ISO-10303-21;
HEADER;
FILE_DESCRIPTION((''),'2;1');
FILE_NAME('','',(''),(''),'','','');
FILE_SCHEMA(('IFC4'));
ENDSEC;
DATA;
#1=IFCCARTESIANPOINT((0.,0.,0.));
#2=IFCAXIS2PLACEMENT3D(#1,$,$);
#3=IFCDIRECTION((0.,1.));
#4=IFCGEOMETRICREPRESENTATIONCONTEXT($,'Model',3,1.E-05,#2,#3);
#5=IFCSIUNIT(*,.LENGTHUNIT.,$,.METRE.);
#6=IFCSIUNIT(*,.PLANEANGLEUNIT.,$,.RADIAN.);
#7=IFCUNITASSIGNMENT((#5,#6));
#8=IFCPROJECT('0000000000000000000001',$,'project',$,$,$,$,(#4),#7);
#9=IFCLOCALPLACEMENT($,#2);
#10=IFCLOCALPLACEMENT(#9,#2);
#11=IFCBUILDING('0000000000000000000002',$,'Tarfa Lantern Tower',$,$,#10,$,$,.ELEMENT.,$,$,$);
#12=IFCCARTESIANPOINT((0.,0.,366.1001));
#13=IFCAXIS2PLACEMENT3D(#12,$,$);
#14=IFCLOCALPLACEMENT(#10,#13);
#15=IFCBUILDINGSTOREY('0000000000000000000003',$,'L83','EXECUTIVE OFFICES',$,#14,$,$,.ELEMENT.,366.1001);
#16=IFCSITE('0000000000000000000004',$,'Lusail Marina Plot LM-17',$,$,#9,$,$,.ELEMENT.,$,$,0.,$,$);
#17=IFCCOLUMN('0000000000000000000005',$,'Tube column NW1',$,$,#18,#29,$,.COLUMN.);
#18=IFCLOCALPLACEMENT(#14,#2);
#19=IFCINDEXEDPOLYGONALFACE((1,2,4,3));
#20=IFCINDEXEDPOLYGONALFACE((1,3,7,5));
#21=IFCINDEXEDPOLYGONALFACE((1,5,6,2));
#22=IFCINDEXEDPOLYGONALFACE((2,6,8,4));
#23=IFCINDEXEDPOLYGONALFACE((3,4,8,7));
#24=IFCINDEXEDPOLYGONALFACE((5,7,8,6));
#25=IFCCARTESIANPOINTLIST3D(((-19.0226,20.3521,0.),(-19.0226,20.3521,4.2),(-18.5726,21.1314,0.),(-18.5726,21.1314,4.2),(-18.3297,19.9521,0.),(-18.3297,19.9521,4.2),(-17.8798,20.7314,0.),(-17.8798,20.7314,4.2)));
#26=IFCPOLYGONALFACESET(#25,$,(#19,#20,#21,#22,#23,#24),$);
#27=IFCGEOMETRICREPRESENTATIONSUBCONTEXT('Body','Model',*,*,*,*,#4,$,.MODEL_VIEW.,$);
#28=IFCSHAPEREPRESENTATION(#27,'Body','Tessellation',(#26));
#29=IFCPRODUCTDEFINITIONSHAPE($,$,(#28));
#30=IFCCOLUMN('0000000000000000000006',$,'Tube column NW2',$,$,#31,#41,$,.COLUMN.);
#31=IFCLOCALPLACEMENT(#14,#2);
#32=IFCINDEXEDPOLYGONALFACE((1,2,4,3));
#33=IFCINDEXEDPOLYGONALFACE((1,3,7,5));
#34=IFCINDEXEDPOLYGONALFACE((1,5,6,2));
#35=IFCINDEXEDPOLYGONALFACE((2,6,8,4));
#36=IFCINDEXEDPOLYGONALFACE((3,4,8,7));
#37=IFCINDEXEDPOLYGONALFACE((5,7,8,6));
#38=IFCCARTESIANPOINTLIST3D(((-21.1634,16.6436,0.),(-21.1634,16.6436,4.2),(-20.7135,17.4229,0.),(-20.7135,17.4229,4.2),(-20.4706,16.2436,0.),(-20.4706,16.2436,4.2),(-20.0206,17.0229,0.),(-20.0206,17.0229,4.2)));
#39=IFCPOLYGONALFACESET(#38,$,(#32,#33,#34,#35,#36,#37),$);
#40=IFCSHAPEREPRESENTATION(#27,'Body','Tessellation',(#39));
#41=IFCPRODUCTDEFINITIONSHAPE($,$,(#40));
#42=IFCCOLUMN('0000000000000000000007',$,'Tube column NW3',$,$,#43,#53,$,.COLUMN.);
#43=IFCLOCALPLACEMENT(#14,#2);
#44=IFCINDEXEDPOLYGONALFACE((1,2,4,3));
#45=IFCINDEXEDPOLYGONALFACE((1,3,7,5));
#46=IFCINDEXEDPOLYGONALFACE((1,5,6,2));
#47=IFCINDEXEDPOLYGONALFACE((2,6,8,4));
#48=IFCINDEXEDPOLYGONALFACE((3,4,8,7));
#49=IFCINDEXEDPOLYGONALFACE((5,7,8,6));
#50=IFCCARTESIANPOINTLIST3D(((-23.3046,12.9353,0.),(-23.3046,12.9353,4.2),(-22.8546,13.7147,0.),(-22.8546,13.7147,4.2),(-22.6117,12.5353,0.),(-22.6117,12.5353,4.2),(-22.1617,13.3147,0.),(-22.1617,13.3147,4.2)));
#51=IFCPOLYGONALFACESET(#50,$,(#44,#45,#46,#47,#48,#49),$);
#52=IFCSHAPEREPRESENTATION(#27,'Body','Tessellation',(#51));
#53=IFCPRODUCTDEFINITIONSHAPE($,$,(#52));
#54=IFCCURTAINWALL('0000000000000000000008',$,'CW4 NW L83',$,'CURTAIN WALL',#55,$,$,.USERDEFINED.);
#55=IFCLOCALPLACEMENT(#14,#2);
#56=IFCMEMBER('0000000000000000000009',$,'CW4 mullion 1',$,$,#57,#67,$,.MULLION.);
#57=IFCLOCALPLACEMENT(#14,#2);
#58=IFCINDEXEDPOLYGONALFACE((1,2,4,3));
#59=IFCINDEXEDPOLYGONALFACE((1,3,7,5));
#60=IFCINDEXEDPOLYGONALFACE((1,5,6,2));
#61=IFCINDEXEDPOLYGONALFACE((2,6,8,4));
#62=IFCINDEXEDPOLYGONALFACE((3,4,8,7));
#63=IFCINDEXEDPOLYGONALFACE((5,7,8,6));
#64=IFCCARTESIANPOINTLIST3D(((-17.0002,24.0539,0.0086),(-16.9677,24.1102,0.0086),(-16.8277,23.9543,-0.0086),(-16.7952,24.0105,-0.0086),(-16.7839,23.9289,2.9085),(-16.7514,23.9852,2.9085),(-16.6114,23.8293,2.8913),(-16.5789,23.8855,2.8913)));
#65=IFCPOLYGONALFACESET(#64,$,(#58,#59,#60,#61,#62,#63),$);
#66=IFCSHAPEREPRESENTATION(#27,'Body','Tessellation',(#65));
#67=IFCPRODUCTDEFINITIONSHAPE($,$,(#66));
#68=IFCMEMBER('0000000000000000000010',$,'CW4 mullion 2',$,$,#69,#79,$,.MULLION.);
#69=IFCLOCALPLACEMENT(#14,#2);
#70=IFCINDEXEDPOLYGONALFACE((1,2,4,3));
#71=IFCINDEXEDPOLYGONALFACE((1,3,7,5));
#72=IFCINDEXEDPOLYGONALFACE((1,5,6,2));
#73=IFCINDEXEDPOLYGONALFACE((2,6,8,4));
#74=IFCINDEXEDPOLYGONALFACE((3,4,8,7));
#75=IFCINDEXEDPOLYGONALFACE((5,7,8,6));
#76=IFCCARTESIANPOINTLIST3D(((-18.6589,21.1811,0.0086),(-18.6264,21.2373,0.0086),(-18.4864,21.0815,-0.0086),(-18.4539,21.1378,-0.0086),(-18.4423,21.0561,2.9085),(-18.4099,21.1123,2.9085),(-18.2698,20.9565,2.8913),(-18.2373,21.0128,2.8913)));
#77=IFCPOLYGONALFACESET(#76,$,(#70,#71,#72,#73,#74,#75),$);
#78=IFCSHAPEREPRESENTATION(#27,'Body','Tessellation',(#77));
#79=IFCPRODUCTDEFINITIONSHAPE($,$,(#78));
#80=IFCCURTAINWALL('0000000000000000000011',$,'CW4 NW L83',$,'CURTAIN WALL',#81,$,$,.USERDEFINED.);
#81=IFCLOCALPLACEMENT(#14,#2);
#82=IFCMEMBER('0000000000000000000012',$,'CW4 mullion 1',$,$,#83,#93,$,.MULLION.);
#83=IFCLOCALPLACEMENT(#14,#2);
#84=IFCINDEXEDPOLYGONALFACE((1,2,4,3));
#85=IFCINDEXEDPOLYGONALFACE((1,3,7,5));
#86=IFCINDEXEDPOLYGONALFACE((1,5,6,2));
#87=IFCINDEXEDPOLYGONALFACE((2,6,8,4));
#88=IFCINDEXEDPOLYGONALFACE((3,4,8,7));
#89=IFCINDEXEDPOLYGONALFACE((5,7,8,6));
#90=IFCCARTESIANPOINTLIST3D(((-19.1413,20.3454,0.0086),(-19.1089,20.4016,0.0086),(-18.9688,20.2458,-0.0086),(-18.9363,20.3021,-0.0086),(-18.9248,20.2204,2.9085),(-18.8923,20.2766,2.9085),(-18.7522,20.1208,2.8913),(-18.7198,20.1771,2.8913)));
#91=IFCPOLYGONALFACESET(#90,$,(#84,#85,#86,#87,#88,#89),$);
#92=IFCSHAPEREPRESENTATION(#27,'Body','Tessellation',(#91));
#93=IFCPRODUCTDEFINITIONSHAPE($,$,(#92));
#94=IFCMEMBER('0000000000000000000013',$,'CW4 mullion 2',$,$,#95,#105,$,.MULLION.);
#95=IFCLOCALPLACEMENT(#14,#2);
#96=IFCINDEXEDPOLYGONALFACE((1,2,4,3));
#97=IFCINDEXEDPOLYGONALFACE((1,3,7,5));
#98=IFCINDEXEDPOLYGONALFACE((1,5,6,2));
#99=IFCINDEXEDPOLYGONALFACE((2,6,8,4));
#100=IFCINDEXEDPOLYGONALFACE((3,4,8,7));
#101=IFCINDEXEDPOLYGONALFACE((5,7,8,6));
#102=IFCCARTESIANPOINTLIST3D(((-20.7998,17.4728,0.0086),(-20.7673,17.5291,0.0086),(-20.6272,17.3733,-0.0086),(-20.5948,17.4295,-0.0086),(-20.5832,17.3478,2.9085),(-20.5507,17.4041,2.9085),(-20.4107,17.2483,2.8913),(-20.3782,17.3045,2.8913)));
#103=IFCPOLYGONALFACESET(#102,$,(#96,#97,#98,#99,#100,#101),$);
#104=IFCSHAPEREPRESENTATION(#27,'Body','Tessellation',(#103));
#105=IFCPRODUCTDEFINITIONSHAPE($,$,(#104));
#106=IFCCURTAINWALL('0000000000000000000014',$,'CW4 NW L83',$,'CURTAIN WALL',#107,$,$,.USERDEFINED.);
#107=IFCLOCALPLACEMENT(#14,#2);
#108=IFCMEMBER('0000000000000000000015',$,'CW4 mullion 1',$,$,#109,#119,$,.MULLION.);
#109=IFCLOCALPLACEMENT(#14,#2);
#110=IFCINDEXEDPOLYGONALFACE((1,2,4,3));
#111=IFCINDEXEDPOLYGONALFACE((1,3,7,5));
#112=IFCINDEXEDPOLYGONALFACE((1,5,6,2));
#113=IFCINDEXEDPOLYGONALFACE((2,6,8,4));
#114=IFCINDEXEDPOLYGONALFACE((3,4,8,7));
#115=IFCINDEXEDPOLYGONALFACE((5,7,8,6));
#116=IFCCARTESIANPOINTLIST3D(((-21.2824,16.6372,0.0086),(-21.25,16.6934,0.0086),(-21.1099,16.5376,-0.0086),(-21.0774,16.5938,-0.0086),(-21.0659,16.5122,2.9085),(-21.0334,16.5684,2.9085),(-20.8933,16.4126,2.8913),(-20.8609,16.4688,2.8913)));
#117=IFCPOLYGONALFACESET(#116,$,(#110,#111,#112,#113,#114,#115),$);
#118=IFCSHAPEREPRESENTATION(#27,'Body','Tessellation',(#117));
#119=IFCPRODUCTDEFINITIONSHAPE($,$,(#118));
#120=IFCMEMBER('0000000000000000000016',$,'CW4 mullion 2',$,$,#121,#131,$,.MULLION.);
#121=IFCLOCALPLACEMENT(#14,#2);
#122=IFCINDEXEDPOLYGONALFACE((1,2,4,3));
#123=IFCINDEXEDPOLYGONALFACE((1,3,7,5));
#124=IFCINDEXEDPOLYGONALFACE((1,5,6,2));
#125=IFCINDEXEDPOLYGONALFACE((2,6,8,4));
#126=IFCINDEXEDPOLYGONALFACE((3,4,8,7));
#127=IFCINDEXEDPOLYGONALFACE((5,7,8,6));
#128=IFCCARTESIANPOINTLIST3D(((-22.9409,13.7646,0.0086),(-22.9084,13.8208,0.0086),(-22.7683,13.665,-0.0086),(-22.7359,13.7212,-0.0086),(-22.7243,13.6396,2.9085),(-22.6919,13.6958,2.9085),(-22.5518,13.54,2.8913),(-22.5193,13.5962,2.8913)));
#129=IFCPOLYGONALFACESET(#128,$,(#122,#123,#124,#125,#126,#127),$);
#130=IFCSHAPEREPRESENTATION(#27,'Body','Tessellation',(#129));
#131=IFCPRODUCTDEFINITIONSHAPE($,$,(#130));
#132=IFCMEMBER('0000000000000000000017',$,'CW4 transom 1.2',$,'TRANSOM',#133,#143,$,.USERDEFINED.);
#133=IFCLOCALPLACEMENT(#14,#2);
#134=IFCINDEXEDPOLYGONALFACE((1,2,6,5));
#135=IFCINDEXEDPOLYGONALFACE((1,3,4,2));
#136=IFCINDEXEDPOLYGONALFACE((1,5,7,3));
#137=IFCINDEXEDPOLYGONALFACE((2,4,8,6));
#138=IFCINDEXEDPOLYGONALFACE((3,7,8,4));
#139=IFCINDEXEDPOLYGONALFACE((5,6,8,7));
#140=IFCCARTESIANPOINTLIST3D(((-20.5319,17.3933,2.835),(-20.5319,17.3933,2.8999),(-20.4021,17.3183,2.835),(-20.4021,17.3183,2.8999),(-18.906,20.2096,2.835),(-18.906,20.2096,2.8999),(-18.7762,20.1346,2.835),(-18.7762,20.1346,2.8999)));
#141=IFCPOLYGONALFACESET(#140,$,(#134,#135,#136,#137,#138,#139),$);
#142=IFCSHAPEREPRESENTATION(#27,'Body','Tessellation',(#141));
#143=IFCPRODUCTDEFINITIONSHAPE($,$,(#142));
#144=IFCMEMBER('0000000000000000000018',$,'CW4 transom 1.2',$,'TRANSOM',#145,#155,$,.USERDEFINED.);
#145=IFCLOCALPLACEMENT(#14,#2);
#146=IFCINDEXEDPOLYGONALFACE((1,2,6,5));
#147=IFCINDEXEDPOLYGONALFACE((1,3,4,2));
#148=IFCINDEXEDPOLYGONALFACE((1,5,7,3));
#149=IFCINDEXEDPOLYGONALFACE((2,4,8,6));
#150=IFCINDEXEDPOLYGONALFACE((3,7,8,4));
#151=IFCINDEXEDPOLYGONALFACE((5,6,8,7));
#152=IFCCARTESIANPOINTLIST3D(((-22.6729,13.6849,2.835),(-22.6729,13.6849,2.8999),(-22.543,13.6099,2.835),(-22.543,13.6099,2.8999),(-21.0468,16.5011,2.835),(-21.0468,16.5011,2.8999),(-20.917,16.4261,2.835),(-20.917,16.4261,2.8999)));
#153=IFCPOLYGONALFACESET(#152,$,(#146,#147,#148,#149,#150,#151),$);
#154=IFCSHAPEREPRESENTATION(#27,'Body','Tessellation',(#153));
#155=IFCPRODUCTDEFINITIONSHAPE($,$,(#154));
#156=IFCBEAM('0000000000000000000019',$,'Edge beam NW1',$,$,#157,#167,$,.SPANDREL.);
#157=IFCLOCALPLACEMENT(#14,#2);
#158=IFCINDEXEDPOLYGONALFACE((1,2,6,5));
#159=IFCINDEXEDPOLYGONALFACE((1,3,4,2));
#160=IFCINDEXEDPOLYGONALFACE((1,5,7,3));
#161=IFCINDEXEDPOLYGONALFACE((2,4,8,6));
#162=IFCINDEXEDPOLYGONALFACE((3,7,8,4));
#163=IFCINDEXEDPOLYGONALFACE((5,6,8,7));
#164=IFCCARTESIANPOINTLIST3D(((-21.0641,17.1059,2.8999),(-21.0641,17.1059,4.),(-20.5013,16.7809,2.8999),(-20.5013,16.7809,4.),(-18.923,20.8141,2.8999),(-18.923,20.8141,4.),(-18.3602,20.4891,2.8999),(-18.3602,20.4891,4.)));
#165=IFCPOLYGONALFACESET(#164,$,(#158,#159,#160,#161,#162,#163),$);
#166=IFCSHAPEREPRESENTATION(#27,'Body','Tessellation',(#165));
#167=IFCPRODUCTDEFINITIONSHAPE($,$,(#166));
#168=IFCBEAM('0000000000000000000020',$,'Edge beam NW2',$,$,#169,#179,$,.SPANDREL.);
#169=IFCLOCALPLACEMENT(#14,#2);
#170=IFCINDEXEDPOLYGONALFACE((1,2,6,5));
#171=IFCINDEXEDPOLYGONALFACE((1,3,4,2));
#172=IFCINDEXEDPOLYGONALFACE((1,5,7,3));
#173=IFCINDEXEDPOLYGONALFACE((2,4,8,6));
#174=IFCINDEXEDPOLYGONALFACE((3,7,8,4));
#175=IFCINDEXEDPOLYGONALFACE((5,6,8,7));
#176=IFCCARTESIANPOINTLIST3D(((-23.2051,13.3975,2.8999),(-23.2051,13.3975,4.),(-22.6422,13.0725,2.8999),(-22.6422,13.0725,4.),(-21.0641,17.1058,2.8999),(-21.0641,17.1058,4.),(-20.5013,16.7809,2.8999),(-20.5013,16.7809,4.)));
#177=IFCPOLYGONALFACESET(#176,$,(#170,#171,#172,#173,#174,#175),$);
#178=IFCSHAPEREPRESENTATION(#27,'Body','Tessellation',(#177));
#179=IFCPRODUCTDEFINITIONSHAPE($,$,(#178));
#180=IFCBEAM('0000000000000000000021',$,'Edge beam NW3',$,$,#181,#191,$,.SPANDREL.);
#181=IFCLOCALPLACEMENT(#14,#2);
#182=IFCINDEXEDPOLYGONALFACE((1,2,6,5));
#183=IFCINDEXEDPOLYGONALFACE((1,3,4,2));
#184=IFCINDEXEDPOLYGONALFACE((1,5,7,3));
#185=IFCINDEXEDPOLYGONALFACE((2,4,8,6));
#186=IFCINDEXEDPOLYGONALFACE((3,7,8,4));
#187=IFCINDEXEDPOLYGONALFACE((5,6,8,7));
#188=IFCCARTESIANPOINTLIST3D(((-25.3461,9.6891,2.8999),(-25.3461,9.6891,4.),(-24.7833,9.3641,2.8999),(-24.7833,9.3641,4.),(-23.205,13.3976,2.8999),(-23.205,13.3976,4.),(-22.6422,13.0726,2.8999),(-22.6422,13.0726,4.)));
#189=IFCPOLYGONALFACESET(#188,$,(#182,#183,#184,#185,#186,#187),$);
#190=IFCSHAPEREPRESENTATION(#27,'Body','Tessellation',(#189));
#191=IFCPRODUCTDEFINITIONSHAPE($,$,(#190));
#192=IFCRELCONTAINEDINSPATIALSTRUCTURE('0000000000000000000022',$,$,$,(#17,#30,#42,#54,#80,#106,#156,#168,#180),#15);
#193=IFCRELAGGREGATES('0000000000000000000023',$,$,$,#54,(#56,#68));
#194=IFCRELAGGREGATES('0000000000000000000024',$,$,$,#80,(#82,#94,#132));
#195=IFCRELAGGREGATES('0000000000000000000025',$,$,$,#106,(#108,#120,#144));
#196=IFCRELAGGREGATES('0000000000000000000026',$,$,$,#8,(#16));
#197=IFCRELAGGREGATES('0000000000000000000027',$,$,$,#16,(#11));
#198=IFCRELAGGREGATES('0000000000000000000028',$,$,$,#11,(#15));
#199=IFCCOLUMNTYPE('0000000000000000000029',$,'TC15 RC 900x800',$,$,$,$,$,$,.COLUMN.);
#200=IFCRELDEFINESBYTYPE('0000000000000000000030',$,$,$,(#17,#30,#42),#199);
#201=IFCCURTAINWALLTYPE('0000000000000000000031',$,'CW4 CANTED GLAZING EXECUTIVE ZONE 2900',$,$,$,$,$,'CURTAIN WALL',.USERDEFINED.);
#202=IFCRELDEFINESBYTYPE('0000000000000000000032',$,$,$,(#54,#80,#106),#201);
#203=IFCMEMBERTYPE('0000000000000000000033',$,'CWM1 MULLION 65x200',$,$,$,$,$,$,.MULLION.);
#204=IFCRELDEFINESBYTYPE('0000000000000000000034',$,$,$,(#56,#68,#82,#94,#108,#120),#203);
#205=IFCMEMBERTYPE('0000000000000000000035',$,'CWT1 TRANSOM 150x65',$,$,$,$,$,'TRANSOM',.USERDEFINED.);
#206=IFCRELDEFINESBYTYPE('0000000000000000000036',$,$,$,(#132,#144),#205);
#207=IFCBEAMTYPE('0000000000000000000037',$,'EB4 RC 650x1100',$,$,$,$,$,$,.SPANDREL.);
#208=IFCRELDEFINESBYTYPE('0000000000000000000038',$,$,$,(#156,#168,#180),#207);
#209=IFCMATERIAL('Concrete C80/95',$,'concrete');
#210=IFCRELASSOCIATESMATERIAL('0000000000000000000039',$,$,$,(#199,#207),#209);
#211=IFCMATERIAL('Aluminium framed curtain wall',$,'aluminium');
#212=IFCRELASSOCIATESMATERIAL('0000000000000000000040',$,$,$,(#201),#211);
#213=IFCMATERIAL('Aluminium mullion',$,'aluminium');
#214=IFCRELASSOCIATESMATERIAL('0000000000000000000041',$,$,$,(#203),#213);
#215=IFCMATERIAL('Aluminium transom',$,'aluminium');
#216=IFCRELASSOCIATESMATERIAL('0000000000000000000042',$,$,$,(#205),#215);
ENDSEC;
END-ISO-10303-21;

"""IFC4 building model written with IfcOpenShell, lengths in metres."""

from ifc_helpers import new_model, si_unit, direction, frame, origin, origin_2d, place, context, subcontext, project, spatial, rectangle, extrude, material, material_profile, profile_set, type_object, element, aggregate, save


model = new_model("IFC4")

# Units and contexts
model_context = context("Model", 3, precision=1e-05, world=origin(), true_north=direction((0.0, 1.0)))
body_context = subcontext(model_context, "Body", "Model", "MODEL_VIEW")
ifc_project = project(units=[si_unit("LENGTHUNIT", "METRE"), si_unit("PLANEANGLEUNIT", "RADIAN")], contexts=[model_context])

# Site, building, storey
site_placement = place(None, origin())
site = spatial("IfcSite", under=ifc_project, at=site_placement, Name="Lusail Marina Plot LM-17", CompositionType="ELEMENT", RefElevation=0.0)
building_placement = place(site_placement, origin())
building = spatial("IfcBuilding", under=site, at=building_placement, Name="Tarfa Lantern Tower", CompositionType="ELEMENT")
storey_placement = place(building_placement, frame((0.0, 0.0, 366.1001)))
storey = spatial("IfcBuildingStorey", under=building, at=storey_placement, Name="L83", Description="EXECUTIVE OFFICES", CompositionType="ELEMENT", Elevation=366.1001)

# Columns
ifc_material_1 = material(Name="Concrete C80/95", Category="concrete")
ifc_material_profile_1 = material_profile(ifc_material_1, rectangle(XDim=0.8999, YDim=0.8, at=origin_2d()), Name="RC 900x800")
ifc_profile_set_1 = profile_set([ifc_material_profile_1], Name="Concrete C80/95")
column_type = type_object("IfcColumnType", Name="TC15 RC 900x800", PredefinedType="COLUMN", material=ifc_profile_set_1)
for number, where, z_axis, x_axis, name in (
    (1, (-18.4512, 20.5417, 0.0), (0.0, 0.0, 1.0), (-0.5, -0.866025, 0.0), "Tube column NW1"),
    (2, (-20.592, 16.8333, 0.0), (0.0, 0.0, 1.0), (-0.5, -0.866025, 0.0), "Tube column NW2"),
    (3, (-22.7332, 13.125, 0.0), (0.0, 0.0, 1.0), (-0.5, -0.866025, 0.0), "Tube column NW3"),
):
    element("IfcColumn", number, at=place(storey_placement, frame(where, z_axis=z_axis, x_axis=x_axis)), inside=storey, type_object=column_type, Name=name, PredefinedType="COLUMN", context=body_context, shape_type="SweptSolid", body=[
        extrude(rectangle(XDim=0.8999, YDim=0.8, at=origin_2d()), origin(), (0.0, 0.0, 1.0), 4.2),
    ])

# Curtain walls, members
ifc_material_2 = material(Name="Aluminium framed curtain wall", Category="aluminium")
curtain_wall_type = type_object("IfcCurtainWallType", Name="CW4 CANTED GLAZING EXECUTIVE ZONE 2900", ElementType="CURTAIN WALL", PredefinedType="USERDEFINED", material=ifc_material_2)
curtain_wall_1_placement = place(storey_placement, origin())
curtain_wall_1 = element("IfcCurtainWall", 4, at=curtain_wall_1_placement, inside=storey, type_object=curtain_wall_type, Name="CW4 NW L83", ObjectType="CURTAIN WALL", PredefinedType="USERDEFINED")
ifc_material_3 = material(Name="Aluminium mullion", Category="aluminium")
ifc_material_profile_2 = material_profile(ifc_material_3, rectangle(XDim=0.0649, YDim=0.2, at=origin_2d()), Name="AL MULLION 65x200")
ifc_profile_set_2 = profile_set([ifc_material_profile_2], Name="Aluminium mullion")
member_type_1 = type_object("IfcMemberType", Name="CWM1 MULLION 65x200", PredefinedType="MULLION", material=ifc_profile_set_2)
member_1_placement = place(storey_placement, frame((-16.8977, 24.0322, 0.0), z_axis=(0.074316, -0.042946, 0.99631), x_axis=(0.500343, 0.865827, 0.0)))
member_1 = element("IfcMember", 5, at=member_1_placement, type_object=member_type_1, Name="CW4 mullion 1", PredefinedType="MULLION", context=body_context, shape_type="SweptSolid", body=[
    extrude(rectangle(XDim=0.0649, YDim=0.2, at=origin_2d()), origin(), (0.0, 0.0, 1.0), 2.9106),
])
member_2_placement = place(storey_placement, frame((-18.5564, 21.1594, 0.0), z_axis=(0.0744, -0.042946, 0.996303), x_axis=(0.49992, 0.866072, 0.0)))
member_2 = element("IfcMember", 6, at=member_2_placement, type_object=member_type_1, Name="CW4 mullion 2", PredefinedType="MULLION", context=body_context, shape_type="SweptSolid", body=[
    extrude(rectangle(XDim=0.0649, YDim=0.2, at=origin_2d()), origin(), (0.0, 0.0, 1.0), 2.9106),
])
curtain_wall_2_placement = place(storey_placement, origin())
curtain_wall_2 = element("IfcCurtainWall", 7, at=curtain_wall_2_placement, inside=storey, type_object=curtain_wall_type, Name="CW4 NW L83", ObjectType="CURTAIN WALL", PredefinedType="USERDEFINED")
member_3_placement = place(storey_placement, frame((-19.0388, 20.3237, 0.0), z_axis=(0.0744, -0.042946, 0.996303), x_axis=(0.49992, 0.866072, 0.0)))
member_3 = element("IfcMember", 8, at=member_3_placement, type_object=member_type_1, Name="CW4 mullion 1", PredefinedType="MULLION", context=body_context, shape_type="SweptSolid", body=[
    extrude(rectangle(XDim=0.0649, YDim=0.2, at=origin_2d()), origin(), (0.0, 0.0, 1.0), 2.9106),
])
member_4_placement = place(storey_placement, frame((-20.6973, 17.4512, 0.0), z_axis=(0.0744, -0.042946, 0.996303), x_axis=(0.49992, 0.866072, 0.0)))
member_4 = element("IfcMember", 9, at=member_4_placement, type_object=member_type_1, Name="CW4 mullion 2", PredefinedType="MULLION", context=body_context, shape_type="SweptSolid", body=[
    extrude(rectangle(XDim=0.0649, YDim=0.2, at=origin_2d()), origin(), (0.0, 0.0, 1.0), 2.9106),
])
curtain_wall_3_placement = place(storey_placement, origin())
curtain_wall_3 = element("IfcCurtainWall", 10, at=curtain_wall_3_placement, inside=storey, type_object=curtain_wall_type, Name="CW4 NW L83", ObjectType="CURTAIN WALL", PredefinedType="USERDEFINED")
member_5_placement = place(storey_placement, frame((-21.1799, 16.6155, 0.0), z_axis=(0.0744, -0.042946, 0.996303), x_axis=(0.49992, 0.866072, 0.0)))
member_5 = element("IfcMember", 11, at=member_5_placement, type_object=member_type_1, Name="CW4 mullion 1", PredefinedType="MULLION", context=body_context, shape_type="SweptSolid", body=[
    extrude(rectangle(XDim=0.0649, YDim=0.2, at=origin_2d()), origin(), (0.0, 0.0, 1.0), 2.9106),
])
member_6_placement = place(storey_placement, frame((-22.8384, 13.7429, 0.0), z_axis=(0.0744, -0.042946, 0.996303), x_axis=(0.49992, 0.866072, 0.0)))
member_6 = element("IfcMember", 12, at=member_6_placement, type_object=member_type_1, Name="CW4 mullion 2", PredefinedType="MULLION", context=body_context, shape_type="SweptSolid", body=[
    extrude(rectangle(XDim=0.0649, YDim=0.2, at=origin_2d()), origin(), (0.0, 0.0, 1.0), 2.9106),
])

# Members
ifc_material_4 = material(Name="Aluminium transom", Category="aluminium")
ifc_material_profile_3 = material_profile(ifc_material_4, rectangle(XDim=0.1499, YDim=0.0649, at=origin_2d()), Name="AL TRANSOM 150x65")
ifc_profile_set_3 = profile_set([ifc_material_profile_3], Name="Aluminium transom")
member_type_2 = type_object("IfcMemberType", Name="CWT1 TRANSOM 150x65", ElementType="TRANSOM", PredefinedType="USERDEFINED", material=ifc_profile_set_3)
member_7_placement = place(storey_placement, frame((-18.8411, 20.1721, 2.8674), z_axis=(-0.499982, -0.866036, 0.0), x_axis=(0.866036, -0.499982, 0.0)))
member_7 = element("IfcMember", 13, at=member_7_placement, type_object=member_type_2, Name="CW4 transom 1.2", ObjectType="TRANSOM", PredefinedType="USERDEFINED", context=body_context, shape_type="SweptSolid", body=[
    extrude(rectangle(XDim=0.1499, YDim=0.0649, at=origin_2d()), origin(), (0.0, 0.0, 1.0), 3.252),
])
member_8_placement = place(storey_placement, frame((-20.9819, 16.4636, 2.8674), z_axis=(-0.500015, -0.866017, 0.0), x_axis=(0.866017, -0.500015, 0.0)))
member_8 = element("IfcMember", 14, at=member_8_placement, type_object=member_type_2, Name="CW4 transom 1.2", ObjectType="TRANSOM", PredefinedType="USERDEFINED", context=body_context, shape_type="SweptSolid", body=[
    extrude(rectangle(XDim=0.1499, YDim=0.0649, at=origin_2d()), origin(), (0.0, 0.0, 1.0), 3.252),
])

# Beams
ifc_material_profile_4 = material_profile(ifc_material_1, rectangle(XDim=0.6499, YDim=1.1001, at=origin_2d()), Name="RC 650x1100")
ifc_profile_set_4 = profile_set([ifc_material_profile_4], Name="Concrete C80/95")
beam_type_1 = type_object("IfcBeamType", Name="EB4 RC 650x1100", PredefinedType="SPANDREL", material=ifc_profile_set_4)
for number, where, z_axis, x_axis, name in (
    (15, (-18.6416, 20.6516, 3.45), (-0.500027, -0.86601, 0.0), (0.86601, -0.500027, 0.0), "Edge beam NW1"),
    (16, (-20.7827, 16.9434, 3.45), (-0.499984, -0.866035, 0.0), (0.866035, -0.499984, 0.0), "Edge beam NW2"),
):
    element("IfcBeam", number, at=place(storey_placement, frame(where, z_axis=z_axis, x_axis=x_axis)), inside=storey, type_object=beam_type_1, Name=name, PredefinedType="SPANDREL", context=body_context, shape_type="SweptSolid", body=[
        extrude(rectangle(XDim=0.6499, YDim=1.1001, at=origin_2d()), origin(), (0.0, 0.0, 1.0), 4.282),
    ])
beam_1_placement = place(storey_placement, frame((-22.9236, 13.2351, 3.45), z_axis=(-0.500002, -0.866024, 0.0), x_axis=(0.866024, -0.500002, 0.0)))
element("IfcBeam", 17, at=beam_1_placement, inside=storey, type_object=beam_type_1, Name="Edge beam NW3", PredefinedType="SPANDREL", context=body_context, shape_type="SweptSolid", body=[
    extrude(rectangle(XDim=0.6499, YDim=1.1001, at=origin_2d()), origin(), (0.0, 0.0, 1.0), 4.2822),
])

aggregate(curtain_wall_1, [member_1, member_2])
aggregate(curtain_wall_2, [member_3, member_4, member_7])
aggregate(curtain_wall_3, [member_5, member_6, member_8])

save(model, "model.ifc")
